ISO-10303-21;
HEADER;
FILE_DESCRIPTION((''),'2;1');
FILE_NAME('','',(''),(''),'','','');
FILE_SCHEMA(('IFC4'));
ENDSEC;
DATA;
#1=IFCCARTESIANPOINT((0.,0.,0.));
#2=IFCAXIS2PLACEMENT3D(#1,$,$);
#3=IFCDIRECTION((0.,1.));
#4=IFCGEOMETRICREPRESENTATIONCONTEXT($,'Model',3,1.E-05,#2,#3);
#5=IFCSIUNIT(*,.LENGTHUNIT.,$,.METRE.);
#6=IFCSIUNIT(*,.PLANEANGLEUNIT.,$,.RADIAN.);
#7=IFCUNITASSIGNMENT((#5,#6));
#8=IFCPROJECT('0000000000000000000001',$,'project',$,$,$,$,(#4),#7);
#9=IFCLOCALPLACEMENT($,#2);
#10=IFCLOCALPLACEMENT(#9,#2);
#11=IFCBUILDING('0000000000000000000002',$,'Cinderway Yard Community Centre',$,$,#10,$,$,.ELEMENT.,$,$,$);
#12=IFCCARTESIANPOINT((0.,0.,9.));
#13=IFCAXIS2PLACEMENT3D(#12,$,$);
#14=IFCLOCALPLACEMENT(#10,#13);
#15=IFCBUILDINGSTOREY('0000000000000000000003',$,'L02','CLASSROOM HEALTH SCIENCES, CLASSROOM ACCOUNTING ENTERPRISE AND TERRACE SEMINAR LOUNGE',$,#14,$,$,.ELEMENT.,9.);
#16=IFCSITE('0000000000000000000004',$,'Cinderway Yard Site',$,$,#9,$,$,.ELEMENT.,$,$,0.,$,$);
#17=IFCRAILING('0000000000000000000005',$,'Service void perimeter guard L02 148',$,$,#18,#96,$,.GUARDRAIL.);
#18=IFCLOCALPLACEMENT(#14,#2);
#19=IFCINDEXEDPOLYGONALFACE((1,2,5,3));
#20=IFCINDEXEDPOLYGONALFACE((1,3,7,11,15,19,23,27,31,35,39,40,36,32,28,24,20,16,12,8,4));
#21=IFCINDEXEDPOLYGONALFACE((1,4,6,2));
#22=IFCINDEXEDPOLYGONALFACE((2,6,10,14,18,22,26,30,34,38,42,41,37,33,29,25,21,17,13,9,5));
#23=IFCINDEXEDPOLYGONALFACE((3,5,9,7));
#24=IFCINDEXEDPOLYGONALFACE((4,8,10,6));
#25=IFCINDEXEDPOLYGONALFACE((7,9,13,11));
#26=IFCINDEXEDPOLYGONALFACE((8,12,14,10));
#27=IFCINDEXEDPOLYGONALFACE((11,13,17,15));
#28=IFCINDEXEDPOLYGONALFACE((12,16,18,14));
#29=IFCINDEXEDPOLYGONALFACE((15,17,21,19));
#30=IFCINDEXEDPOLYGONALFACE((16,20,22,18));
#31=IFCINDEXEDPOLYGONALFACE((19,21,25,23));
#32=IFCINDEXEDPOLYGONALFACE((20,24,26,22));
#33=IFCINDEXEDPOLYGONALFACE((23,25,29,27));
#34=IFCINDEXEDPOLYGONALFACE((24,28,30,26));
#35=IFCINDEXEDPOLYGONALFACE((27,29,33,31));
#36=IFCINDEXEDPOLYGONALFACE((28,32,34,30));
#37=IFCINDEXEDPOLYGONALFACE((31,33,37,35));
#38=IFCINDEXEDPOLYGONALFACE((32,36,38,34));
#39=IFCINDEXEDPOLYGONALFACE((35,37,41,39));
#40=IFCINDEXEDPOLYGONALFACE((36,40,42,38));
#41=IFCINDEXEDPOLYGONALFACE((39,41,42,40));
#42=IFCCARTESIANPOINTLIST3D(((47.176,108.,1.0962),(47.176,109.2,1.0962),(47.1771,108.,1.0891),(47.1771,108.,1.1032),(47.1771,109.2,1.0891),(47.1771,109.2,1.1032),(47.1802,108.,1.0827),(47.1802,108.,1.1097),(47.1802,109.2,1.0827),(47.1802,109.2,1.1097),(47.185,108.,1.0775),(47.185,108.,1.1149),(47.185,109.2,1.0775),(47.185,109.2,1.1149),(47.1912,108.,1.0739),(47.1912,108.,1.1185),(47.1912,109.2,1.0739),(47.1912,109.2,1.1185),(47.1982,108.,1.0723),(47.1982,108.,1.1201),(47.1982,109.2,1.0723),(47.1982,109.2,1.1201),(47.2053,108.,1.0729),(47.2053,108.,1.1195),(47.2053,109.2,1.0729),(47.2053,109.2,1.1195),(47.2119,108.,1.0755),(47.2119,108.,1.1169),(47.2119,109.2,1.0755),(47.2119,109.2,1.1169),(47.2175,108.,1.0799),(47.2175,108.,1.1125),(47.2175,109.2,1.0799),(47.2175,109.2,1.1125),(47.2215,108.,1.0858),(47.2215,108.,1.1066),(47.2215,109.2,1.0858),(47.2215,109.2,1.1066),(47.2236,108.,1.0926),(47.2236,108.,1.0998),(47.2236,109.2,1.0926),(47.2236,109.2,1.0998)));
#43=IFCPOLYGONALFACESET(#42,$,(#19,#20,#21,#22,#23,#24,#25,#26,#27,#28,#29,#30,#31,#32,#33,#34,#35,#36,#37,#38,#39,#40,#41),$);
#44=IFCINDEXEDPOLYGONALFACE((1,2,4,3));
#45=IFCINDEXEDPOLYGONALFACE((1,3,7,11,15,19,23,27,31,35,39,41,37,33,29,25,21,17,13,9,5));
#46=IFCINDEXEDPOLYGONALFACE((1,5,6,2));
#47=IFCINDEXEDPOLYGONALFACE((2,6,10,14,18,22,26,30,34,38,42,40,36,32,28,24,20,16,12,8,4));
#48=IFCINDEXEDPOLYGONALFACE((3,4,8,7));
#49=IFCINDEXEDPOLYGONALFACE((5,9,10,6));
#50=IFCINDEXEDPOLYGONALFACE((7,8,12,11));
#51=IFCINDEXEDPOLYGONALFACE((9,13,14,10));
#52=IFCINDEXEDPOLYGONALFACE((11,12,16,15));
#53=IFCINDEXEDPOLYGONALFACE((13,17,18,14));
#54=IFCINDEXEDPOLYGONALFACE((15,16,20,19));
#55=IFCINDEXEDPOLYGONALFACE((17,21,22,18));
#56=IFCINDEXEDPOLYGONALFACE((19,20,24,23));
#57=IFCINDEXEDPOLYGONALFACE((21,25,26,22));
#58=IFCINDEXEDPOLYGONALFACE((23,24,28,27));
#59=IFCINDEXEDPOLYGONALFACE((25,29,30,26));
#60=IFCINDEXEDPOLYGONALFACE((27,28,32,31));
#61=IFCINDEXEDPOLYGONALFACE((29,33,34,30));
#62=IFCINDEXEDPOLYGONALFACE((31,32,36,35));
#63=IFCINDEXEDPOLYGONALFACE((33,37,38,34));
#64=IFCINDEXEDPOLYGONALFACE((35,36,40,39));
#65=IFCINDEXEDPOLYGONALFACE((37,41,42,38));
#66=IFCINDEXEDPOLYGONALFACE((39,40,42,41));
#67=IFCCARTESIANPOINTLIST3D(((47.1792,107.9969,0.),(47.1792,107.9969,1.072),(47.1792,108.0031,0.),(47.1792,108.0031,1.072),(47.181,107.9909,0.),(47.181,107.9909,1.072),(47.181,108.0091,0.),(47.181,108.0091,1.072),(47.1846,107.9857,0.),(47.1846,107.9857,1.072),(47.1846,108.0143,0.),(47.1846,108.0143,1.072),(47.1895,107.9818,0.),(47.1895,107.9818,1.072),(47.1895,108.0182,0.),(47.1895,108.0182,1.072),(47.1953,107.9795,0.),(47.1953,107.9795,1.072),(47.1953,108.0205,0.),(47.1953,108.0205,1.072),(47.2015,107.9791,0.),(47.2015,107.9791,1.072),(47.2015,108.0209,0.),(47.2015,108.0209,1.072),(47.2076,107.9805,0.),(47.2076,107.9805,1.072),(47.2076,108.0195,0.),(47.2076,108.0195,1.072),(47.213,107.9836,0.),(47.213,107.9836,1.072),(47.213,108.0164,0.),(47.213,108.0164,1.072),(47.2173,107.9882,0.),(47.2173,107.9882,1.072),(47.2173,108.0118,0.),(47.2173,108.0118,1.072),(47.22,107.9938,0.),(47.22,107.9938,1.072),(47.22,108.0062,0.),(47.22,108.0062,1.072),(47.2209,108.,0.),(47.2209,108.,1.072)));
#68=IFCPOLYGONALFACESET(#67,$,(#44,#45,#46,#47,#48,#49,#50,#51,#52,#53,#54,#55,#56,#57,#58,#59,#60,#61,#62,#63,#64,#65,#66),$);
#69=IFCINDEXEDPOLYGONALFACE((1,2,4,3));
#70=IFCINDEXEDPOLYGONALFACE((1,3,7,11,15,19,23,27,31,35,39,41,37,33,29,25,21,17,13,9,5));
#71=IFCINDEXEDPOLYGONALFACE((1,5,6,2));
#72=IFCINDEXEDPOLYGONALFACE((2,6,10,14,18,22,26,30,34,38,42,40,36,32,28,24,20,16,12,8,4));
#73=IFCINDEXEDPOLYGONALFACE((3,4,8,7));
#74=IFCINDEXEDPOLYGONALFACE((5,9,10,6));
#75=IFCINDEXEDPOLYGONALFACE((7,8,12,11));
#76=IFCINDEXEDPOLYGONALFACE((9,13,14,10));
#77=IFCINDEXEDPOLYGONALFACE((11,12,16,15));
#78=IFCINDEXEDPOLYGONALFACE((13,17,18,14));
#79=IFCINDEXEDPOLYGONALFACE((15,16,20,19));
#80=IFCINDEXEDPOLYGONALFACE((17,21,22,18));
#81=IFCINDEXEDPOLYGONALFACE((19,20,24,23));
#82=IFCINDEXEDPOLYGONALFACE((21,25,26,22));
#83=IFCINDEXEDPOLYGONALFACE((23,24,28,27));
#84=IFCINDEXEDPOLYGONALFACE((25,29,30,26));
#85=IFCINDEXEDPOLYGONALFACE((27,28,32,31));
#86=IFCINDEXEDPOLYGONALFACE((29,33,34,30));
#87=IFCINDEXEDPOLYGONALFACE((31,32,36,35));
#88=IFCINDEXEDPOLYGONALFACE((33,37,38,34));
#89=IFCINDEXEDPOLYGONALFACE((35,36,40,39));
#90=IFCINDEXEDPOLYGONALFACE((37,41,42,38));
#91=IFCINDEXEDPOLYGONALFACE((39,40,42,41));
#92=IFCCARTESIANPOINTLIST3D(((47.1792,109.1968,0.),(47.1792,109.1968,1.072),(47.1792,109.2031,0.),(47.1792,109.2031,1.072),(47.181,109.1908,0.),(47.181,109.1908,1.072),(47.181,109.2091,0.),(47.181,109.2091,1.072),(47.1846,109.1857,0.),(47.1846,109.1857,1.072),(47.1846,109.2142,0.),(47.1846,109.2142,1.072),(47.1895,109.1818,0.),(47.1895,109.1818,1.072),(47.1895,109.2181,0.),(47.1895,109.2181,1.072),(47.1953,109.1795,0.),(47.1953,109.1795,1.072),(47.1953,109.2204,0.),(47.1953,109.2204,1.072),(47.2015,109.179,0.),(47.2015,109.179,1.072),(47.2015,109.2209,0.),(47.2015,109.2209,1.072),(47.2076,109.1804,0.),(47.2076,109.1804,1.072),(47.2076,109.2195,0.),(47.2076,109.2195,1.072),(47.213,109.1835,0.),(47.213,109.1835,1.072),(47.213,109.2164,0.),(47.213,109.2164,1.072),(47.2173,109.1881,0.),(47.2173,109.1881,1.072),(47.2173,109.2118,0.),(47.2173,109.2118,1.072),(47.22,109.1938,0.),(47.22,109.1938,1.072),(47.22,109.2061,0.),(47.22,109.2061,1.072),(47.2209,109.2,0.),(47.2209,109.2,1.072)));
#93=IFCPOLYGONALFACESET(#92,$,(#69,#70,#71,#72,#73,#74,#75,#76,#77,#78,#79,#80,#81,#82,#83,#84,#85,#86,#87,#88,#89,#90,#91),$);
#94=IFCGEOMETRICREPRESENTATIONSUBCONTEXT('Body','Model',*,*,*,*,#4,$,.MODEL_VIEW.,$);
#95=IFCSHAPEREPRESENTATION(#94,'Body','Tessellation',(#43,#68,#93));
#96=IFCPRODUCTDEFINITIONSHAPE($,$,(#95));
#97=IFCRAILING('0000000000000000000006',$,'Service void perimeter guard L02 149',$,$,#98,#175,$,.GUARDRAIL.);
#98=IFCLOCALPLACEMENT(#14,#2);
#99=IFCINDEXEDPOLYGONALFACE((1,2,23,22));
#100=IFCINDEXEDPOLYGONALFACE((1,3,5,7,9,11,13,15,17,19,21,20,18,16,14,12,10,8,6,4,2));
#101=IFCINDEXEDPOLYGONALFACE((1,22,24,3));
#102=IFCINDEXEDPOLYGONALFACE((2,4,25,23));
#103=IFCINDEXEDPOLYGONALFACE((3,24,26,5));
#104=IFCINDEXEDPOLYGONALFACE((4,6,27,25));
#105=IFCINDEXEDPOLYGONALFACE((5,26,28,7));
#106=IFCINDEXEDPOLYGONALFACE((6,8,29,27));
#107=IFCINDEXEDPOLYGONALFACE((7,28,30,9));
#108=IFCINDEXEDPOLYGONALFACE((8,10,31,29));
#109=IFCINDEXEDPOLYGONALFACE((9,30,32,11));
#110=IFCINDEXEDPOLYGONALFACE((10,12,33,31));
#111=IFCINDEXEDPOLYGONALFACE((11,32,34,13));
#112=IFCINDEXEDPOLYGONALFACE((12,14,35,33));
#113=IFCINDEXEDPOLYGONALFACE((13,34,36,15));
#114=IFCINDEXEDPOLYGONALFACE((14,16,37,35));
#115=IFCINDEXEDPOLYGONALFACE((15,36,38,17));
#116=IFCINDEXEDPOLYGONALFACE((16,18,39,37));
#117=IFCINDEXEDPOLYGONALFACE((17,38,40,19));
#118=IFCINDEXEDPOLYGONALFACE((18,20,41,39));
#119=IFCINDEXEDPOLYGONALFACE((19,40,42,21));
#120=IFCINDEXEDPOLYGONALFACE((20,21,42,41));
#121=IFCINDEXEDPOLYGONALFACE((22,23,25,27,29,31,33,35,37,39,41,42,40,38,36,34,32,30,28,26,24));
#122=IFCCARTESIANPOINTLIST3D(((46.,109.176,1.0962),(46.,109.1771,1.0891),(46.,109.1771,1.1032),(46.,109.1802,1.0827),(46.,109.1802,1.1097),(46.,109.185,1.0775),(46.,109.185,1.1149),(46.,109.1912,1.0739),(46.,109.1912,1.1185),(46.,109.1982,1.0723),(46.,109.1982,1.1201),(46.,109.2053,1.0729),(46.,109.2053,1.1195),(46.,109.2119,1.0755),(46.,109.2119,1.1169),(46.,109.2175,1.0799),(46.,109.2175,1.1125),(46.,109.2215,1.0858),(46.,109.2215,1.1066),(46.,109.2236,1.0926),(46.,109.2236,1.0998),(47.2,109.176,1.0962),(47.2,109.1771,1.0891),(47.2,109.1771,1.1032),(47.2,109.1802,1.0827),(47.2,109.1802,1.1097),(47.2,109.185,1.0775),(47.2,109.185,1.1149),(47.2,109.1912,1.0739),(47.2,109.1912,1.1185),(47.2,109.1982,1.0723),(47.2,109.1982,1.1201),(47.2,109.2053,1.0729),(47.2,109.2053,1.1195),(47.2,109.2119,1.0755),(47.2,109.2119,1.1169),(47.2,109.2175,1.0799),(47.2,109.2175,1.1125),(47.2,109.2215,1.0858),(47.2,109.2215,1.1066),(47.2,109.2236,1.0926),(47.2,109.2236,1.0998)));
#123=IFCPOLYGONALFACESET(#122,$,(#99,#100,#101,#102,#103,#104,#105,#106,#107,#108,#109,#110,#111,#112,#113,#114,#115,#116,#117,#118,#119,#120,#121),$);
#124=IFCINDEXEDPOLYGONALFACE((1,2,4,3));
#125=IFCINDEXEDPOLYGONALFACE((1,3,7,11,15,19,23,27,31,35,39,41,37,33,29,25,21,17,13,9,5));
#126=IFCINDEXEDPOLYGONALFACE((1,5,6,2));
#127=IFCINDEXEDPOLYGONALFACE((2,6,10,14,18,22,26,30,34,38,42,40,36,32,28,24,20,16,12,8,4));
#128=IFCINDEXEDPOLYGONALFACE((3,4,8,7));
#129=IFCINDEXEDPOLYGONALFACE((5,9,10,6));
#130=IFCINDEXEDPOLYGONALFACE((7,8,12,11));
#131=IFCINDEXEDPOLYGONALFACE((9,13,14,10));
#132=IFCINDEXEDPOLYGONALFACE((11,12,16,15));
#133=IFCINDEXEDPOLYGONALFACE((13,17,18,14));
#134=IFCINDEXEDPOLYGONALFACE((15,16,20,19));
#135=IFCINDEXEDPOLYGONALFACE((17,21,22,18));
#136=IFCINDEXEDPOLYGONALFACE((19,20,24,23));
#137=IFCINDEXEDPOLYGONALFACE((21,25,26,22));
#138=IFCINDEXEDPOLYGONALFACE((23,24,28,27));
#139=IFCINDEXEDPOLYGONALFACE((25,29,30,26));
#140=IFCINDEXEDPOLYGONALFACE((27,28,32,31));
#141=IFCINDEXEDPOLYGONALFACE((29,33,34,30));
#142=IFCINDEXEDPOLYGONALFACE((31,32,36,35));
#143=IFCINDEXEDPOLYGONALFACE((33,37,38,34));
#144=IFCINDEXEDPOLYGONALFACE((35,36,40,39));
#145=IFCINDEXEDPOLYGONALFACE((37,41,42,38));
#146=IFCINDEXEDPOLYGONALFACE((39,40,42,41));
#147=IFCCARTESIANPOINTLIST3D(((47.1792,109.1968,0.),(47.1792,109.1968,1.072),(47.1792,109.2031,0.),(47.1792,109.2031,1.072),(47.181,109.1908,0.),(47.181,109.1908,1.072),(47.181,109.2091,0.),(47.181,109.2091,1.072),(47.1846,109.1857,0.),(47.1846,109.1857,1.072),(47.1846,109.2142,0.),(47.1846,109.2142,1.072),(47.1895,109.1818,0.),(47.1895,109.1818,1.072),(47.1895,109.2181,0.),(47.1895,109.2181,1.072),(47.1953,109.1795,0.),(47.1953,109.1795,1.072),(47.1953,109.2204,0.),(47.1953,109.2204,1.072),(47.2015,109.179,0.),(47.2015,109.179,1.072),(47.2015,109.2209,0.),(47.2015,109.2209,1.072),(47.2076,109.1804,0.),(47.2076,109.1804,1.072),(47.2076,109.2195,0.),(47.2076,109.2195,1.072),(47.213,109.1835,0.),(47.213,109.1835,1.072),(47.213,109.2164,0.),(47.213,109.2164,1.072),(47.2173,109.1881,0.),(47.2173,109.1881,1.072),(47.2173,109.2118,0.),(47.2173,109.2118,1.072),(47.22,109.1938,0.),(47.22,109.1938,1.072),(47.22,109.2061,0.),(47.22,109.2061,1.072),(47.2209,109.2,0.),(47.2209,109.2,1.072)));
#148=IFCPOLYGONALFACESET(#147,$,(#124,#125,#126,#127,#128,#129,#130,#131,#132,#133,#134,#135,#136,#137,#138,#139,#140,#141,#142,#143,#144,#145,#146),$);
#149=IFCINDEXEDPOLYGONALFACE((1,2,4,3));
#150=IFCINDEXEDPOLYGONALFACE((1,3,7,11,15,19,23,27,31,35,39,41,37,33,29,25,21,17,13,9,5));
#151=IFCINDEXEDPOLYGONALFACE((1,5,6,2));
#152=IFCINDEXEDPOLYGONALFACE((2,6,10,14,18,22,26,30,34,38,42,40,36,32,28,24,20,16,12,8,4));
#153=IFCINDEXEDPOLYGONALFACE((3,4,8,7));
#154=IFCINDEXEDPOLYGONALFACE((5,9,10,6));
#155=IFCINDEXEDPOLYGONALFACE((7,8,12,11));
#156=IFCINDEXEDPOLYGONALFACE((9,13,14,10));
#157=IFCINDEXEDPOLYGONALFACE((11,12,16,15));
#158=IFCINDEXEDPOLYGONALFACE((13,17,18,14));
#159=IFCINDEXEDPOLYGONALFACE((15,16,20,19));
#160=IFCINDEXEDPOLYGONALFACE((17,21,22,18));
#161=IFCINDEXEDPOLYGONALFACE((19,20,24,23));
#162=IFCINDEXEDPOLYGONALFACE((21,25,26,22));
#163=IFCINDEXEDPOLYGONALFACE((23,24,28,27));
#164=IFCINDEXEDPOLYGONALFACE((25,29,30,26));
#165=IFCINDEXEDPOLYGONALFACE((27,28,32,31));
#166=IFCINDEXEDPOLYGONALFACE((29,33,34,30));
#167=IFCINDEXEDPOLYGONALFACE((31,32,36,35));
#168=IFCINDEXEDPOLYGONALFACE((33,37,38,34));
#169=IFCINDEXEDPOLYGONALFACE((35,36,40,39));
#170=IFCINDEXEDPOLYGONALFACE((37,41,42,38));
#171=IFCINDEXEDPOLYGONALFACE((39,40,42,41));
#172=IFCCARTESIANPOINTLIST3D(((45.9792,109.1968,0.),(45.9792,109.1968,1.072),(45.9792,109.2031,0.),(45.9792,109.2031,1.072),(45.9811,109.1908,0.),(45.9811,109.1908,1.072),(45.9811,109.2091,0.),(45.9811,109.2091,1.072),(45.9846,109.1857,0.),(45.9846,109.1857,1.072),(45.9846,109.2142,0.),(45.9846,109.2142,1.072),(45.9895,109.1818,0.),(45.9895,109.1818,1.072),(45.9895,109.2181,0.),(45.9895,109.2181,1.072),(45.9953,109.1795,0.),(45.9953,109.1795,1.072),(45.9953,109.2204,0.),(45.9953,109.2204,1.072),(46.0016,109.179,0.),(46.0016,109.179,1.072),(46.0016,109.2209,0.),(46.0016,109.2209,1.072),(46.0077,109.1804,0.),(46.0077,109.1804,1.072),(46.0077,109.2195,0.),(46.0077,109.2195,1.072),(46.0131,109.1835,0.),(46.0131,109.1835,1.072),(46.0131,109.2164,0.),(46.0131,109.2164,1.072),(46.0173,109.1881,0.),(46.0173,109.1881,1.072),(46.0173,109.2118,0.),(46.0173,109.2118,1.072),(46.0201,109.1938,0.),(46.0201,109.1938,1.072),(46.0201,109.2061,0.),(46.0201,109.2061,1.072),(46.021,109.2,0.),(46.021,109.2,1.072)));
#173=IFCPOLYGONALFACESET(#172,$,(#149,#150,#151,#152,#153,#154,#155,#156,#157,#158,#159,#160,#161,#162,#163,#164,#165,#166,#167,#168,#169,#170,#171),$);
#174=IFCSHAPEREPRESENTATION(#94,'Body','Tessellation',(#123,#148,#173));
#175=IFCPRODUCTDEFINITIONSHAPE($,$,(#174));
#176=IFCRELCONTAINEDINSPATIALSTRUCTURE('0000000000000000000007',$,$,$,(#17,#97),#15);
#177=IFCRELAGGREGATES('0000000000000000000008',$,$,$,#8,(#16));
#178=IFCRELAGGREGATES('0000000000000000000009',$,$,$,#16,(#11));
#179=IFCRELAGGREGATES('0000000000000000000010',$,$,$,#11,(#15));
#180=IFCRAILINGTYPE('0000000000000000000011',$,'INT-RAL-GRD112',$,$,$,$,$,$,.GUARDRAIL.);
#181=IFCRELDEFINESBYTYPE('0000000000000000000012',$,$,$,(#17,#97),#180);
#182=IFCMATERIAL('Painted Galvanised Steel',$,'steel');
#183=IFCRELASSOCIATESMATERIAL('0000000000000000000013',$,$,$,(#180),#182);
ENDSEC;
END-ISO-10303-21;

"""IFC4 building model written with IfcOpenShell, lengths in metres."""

from ifc_helpers import new_model, si_unit, direction, frame, origin, origin_2d, place, context, subcontext, project, spatial, circle, extrude, material, type_object, element, save


model = new_model("IFC4")

# Units and contexts
model_context = context("Model", 3, precision=1e-05, world=origin(), true_north=direction((0.0, 1.0)))
body_context = subcontext(model_context, "Body", "Model", "MODEL_VIEW")
ifc_project = project(units=[si_unit("LENGTHUNIT", "METRE"), si_unit("PLANEANGLEUNIT", "RADIAN")], contexts=[model_context])

# Site, building, storey
site_placement = place(None, origin())
site = spatial("IfcSite", under=ifc_project, at=site_placement, Name="Cinderway Yard Site", CompositionType="ELEMENT", RefElevation=0.0)
building_placement = place(site_placement, origin())
building = spatial("IfcBuilding", under=site, at=building_placement, Name="Cinderway Yard Community Centre", CompositionType="ELEMENT")
storey_placement = place(building_placement, frame((0.0, 0.0, 9.0)))
storey = spatial("IfcBuildingStorey", under=building, at=storey_placement, Name="L02", Description="CLASSROOM HEALTH SCIENCES, CLASSROOM ACCOUNTING ENTERPRISE AND TERRACE SEMINAR LOUNGE", CompositionType="ELEMENT", Elevation=9.0)

# Railings
ifc_material_1 = material(Name="Painted Galvanised Steel", Category="steel")
railing_type = type_object("IfcRailingType", Name="INT-RAL-GRD112", PredefinedType="GUARDRAIL", material=ifc_material_1)
railing_1_placement = place(storey_placement, frame((47.2, 108.0, 0.0)))
element("IfcRailing", 1, at=railing_1_placement, inside=storey, type_object=railing_type, Name="Service void perimeter guard L02 148", PredefinedType="GUARDRAIL", context=body_context, shape_type="SweptSolid", body=[
    extrude(circle(Radius=0.0239, at=origin_2d()), frame((0.0, 0.0, 1.0962), z_axis=(0.0, 1.0, 0.0), x_axis=(-1.0, 0.0, 0.0)), (0.0, 0.0, 1.0), 1.2),
    extrude(circle(Radius=0.021, at=origin_2d()), origin(), (0.0, 0.0, 1.0), 1.072),
    extrude(circle(Radius=0.021, at=origin_2d()), frame((0.0, 1.2, 0.0)), (0.0, 0.0, 1.0), 1.072),
])
railing_2_placement = place(storey_placement, frame((47.2, 109.2, 0.0)))
element("IfcRailing", 2, at=railing_2_placement, inside=storey, type_object=railing_type, Name="Service void perimeter guard L02 149", PredefinedType="GUARDRAIL", context=body_context, shape_type="SweptSolid", body=[
    extrude(circle(Radius=0.0239, at=origin_2d()), frame((0.0, 0.0, 1.0962), z_axis=(-1.0, 0.0, 0.0), x_axis=(0.0, -1.0, 0.0)), (0.0, 0.0, 1.0), 1.2),
    extrude(circle(Radius=0.021, at=origin_2d()), origin(), (0.0, 0.0, 1.0), 1.072),
    extrude(circle(Radius=0.021, at=origin_2d()), frame((-1.2, 0.0, 0.0)), (0.0, 0.0, 1.0), 1.072),
])

save(model, "model.ifc")
